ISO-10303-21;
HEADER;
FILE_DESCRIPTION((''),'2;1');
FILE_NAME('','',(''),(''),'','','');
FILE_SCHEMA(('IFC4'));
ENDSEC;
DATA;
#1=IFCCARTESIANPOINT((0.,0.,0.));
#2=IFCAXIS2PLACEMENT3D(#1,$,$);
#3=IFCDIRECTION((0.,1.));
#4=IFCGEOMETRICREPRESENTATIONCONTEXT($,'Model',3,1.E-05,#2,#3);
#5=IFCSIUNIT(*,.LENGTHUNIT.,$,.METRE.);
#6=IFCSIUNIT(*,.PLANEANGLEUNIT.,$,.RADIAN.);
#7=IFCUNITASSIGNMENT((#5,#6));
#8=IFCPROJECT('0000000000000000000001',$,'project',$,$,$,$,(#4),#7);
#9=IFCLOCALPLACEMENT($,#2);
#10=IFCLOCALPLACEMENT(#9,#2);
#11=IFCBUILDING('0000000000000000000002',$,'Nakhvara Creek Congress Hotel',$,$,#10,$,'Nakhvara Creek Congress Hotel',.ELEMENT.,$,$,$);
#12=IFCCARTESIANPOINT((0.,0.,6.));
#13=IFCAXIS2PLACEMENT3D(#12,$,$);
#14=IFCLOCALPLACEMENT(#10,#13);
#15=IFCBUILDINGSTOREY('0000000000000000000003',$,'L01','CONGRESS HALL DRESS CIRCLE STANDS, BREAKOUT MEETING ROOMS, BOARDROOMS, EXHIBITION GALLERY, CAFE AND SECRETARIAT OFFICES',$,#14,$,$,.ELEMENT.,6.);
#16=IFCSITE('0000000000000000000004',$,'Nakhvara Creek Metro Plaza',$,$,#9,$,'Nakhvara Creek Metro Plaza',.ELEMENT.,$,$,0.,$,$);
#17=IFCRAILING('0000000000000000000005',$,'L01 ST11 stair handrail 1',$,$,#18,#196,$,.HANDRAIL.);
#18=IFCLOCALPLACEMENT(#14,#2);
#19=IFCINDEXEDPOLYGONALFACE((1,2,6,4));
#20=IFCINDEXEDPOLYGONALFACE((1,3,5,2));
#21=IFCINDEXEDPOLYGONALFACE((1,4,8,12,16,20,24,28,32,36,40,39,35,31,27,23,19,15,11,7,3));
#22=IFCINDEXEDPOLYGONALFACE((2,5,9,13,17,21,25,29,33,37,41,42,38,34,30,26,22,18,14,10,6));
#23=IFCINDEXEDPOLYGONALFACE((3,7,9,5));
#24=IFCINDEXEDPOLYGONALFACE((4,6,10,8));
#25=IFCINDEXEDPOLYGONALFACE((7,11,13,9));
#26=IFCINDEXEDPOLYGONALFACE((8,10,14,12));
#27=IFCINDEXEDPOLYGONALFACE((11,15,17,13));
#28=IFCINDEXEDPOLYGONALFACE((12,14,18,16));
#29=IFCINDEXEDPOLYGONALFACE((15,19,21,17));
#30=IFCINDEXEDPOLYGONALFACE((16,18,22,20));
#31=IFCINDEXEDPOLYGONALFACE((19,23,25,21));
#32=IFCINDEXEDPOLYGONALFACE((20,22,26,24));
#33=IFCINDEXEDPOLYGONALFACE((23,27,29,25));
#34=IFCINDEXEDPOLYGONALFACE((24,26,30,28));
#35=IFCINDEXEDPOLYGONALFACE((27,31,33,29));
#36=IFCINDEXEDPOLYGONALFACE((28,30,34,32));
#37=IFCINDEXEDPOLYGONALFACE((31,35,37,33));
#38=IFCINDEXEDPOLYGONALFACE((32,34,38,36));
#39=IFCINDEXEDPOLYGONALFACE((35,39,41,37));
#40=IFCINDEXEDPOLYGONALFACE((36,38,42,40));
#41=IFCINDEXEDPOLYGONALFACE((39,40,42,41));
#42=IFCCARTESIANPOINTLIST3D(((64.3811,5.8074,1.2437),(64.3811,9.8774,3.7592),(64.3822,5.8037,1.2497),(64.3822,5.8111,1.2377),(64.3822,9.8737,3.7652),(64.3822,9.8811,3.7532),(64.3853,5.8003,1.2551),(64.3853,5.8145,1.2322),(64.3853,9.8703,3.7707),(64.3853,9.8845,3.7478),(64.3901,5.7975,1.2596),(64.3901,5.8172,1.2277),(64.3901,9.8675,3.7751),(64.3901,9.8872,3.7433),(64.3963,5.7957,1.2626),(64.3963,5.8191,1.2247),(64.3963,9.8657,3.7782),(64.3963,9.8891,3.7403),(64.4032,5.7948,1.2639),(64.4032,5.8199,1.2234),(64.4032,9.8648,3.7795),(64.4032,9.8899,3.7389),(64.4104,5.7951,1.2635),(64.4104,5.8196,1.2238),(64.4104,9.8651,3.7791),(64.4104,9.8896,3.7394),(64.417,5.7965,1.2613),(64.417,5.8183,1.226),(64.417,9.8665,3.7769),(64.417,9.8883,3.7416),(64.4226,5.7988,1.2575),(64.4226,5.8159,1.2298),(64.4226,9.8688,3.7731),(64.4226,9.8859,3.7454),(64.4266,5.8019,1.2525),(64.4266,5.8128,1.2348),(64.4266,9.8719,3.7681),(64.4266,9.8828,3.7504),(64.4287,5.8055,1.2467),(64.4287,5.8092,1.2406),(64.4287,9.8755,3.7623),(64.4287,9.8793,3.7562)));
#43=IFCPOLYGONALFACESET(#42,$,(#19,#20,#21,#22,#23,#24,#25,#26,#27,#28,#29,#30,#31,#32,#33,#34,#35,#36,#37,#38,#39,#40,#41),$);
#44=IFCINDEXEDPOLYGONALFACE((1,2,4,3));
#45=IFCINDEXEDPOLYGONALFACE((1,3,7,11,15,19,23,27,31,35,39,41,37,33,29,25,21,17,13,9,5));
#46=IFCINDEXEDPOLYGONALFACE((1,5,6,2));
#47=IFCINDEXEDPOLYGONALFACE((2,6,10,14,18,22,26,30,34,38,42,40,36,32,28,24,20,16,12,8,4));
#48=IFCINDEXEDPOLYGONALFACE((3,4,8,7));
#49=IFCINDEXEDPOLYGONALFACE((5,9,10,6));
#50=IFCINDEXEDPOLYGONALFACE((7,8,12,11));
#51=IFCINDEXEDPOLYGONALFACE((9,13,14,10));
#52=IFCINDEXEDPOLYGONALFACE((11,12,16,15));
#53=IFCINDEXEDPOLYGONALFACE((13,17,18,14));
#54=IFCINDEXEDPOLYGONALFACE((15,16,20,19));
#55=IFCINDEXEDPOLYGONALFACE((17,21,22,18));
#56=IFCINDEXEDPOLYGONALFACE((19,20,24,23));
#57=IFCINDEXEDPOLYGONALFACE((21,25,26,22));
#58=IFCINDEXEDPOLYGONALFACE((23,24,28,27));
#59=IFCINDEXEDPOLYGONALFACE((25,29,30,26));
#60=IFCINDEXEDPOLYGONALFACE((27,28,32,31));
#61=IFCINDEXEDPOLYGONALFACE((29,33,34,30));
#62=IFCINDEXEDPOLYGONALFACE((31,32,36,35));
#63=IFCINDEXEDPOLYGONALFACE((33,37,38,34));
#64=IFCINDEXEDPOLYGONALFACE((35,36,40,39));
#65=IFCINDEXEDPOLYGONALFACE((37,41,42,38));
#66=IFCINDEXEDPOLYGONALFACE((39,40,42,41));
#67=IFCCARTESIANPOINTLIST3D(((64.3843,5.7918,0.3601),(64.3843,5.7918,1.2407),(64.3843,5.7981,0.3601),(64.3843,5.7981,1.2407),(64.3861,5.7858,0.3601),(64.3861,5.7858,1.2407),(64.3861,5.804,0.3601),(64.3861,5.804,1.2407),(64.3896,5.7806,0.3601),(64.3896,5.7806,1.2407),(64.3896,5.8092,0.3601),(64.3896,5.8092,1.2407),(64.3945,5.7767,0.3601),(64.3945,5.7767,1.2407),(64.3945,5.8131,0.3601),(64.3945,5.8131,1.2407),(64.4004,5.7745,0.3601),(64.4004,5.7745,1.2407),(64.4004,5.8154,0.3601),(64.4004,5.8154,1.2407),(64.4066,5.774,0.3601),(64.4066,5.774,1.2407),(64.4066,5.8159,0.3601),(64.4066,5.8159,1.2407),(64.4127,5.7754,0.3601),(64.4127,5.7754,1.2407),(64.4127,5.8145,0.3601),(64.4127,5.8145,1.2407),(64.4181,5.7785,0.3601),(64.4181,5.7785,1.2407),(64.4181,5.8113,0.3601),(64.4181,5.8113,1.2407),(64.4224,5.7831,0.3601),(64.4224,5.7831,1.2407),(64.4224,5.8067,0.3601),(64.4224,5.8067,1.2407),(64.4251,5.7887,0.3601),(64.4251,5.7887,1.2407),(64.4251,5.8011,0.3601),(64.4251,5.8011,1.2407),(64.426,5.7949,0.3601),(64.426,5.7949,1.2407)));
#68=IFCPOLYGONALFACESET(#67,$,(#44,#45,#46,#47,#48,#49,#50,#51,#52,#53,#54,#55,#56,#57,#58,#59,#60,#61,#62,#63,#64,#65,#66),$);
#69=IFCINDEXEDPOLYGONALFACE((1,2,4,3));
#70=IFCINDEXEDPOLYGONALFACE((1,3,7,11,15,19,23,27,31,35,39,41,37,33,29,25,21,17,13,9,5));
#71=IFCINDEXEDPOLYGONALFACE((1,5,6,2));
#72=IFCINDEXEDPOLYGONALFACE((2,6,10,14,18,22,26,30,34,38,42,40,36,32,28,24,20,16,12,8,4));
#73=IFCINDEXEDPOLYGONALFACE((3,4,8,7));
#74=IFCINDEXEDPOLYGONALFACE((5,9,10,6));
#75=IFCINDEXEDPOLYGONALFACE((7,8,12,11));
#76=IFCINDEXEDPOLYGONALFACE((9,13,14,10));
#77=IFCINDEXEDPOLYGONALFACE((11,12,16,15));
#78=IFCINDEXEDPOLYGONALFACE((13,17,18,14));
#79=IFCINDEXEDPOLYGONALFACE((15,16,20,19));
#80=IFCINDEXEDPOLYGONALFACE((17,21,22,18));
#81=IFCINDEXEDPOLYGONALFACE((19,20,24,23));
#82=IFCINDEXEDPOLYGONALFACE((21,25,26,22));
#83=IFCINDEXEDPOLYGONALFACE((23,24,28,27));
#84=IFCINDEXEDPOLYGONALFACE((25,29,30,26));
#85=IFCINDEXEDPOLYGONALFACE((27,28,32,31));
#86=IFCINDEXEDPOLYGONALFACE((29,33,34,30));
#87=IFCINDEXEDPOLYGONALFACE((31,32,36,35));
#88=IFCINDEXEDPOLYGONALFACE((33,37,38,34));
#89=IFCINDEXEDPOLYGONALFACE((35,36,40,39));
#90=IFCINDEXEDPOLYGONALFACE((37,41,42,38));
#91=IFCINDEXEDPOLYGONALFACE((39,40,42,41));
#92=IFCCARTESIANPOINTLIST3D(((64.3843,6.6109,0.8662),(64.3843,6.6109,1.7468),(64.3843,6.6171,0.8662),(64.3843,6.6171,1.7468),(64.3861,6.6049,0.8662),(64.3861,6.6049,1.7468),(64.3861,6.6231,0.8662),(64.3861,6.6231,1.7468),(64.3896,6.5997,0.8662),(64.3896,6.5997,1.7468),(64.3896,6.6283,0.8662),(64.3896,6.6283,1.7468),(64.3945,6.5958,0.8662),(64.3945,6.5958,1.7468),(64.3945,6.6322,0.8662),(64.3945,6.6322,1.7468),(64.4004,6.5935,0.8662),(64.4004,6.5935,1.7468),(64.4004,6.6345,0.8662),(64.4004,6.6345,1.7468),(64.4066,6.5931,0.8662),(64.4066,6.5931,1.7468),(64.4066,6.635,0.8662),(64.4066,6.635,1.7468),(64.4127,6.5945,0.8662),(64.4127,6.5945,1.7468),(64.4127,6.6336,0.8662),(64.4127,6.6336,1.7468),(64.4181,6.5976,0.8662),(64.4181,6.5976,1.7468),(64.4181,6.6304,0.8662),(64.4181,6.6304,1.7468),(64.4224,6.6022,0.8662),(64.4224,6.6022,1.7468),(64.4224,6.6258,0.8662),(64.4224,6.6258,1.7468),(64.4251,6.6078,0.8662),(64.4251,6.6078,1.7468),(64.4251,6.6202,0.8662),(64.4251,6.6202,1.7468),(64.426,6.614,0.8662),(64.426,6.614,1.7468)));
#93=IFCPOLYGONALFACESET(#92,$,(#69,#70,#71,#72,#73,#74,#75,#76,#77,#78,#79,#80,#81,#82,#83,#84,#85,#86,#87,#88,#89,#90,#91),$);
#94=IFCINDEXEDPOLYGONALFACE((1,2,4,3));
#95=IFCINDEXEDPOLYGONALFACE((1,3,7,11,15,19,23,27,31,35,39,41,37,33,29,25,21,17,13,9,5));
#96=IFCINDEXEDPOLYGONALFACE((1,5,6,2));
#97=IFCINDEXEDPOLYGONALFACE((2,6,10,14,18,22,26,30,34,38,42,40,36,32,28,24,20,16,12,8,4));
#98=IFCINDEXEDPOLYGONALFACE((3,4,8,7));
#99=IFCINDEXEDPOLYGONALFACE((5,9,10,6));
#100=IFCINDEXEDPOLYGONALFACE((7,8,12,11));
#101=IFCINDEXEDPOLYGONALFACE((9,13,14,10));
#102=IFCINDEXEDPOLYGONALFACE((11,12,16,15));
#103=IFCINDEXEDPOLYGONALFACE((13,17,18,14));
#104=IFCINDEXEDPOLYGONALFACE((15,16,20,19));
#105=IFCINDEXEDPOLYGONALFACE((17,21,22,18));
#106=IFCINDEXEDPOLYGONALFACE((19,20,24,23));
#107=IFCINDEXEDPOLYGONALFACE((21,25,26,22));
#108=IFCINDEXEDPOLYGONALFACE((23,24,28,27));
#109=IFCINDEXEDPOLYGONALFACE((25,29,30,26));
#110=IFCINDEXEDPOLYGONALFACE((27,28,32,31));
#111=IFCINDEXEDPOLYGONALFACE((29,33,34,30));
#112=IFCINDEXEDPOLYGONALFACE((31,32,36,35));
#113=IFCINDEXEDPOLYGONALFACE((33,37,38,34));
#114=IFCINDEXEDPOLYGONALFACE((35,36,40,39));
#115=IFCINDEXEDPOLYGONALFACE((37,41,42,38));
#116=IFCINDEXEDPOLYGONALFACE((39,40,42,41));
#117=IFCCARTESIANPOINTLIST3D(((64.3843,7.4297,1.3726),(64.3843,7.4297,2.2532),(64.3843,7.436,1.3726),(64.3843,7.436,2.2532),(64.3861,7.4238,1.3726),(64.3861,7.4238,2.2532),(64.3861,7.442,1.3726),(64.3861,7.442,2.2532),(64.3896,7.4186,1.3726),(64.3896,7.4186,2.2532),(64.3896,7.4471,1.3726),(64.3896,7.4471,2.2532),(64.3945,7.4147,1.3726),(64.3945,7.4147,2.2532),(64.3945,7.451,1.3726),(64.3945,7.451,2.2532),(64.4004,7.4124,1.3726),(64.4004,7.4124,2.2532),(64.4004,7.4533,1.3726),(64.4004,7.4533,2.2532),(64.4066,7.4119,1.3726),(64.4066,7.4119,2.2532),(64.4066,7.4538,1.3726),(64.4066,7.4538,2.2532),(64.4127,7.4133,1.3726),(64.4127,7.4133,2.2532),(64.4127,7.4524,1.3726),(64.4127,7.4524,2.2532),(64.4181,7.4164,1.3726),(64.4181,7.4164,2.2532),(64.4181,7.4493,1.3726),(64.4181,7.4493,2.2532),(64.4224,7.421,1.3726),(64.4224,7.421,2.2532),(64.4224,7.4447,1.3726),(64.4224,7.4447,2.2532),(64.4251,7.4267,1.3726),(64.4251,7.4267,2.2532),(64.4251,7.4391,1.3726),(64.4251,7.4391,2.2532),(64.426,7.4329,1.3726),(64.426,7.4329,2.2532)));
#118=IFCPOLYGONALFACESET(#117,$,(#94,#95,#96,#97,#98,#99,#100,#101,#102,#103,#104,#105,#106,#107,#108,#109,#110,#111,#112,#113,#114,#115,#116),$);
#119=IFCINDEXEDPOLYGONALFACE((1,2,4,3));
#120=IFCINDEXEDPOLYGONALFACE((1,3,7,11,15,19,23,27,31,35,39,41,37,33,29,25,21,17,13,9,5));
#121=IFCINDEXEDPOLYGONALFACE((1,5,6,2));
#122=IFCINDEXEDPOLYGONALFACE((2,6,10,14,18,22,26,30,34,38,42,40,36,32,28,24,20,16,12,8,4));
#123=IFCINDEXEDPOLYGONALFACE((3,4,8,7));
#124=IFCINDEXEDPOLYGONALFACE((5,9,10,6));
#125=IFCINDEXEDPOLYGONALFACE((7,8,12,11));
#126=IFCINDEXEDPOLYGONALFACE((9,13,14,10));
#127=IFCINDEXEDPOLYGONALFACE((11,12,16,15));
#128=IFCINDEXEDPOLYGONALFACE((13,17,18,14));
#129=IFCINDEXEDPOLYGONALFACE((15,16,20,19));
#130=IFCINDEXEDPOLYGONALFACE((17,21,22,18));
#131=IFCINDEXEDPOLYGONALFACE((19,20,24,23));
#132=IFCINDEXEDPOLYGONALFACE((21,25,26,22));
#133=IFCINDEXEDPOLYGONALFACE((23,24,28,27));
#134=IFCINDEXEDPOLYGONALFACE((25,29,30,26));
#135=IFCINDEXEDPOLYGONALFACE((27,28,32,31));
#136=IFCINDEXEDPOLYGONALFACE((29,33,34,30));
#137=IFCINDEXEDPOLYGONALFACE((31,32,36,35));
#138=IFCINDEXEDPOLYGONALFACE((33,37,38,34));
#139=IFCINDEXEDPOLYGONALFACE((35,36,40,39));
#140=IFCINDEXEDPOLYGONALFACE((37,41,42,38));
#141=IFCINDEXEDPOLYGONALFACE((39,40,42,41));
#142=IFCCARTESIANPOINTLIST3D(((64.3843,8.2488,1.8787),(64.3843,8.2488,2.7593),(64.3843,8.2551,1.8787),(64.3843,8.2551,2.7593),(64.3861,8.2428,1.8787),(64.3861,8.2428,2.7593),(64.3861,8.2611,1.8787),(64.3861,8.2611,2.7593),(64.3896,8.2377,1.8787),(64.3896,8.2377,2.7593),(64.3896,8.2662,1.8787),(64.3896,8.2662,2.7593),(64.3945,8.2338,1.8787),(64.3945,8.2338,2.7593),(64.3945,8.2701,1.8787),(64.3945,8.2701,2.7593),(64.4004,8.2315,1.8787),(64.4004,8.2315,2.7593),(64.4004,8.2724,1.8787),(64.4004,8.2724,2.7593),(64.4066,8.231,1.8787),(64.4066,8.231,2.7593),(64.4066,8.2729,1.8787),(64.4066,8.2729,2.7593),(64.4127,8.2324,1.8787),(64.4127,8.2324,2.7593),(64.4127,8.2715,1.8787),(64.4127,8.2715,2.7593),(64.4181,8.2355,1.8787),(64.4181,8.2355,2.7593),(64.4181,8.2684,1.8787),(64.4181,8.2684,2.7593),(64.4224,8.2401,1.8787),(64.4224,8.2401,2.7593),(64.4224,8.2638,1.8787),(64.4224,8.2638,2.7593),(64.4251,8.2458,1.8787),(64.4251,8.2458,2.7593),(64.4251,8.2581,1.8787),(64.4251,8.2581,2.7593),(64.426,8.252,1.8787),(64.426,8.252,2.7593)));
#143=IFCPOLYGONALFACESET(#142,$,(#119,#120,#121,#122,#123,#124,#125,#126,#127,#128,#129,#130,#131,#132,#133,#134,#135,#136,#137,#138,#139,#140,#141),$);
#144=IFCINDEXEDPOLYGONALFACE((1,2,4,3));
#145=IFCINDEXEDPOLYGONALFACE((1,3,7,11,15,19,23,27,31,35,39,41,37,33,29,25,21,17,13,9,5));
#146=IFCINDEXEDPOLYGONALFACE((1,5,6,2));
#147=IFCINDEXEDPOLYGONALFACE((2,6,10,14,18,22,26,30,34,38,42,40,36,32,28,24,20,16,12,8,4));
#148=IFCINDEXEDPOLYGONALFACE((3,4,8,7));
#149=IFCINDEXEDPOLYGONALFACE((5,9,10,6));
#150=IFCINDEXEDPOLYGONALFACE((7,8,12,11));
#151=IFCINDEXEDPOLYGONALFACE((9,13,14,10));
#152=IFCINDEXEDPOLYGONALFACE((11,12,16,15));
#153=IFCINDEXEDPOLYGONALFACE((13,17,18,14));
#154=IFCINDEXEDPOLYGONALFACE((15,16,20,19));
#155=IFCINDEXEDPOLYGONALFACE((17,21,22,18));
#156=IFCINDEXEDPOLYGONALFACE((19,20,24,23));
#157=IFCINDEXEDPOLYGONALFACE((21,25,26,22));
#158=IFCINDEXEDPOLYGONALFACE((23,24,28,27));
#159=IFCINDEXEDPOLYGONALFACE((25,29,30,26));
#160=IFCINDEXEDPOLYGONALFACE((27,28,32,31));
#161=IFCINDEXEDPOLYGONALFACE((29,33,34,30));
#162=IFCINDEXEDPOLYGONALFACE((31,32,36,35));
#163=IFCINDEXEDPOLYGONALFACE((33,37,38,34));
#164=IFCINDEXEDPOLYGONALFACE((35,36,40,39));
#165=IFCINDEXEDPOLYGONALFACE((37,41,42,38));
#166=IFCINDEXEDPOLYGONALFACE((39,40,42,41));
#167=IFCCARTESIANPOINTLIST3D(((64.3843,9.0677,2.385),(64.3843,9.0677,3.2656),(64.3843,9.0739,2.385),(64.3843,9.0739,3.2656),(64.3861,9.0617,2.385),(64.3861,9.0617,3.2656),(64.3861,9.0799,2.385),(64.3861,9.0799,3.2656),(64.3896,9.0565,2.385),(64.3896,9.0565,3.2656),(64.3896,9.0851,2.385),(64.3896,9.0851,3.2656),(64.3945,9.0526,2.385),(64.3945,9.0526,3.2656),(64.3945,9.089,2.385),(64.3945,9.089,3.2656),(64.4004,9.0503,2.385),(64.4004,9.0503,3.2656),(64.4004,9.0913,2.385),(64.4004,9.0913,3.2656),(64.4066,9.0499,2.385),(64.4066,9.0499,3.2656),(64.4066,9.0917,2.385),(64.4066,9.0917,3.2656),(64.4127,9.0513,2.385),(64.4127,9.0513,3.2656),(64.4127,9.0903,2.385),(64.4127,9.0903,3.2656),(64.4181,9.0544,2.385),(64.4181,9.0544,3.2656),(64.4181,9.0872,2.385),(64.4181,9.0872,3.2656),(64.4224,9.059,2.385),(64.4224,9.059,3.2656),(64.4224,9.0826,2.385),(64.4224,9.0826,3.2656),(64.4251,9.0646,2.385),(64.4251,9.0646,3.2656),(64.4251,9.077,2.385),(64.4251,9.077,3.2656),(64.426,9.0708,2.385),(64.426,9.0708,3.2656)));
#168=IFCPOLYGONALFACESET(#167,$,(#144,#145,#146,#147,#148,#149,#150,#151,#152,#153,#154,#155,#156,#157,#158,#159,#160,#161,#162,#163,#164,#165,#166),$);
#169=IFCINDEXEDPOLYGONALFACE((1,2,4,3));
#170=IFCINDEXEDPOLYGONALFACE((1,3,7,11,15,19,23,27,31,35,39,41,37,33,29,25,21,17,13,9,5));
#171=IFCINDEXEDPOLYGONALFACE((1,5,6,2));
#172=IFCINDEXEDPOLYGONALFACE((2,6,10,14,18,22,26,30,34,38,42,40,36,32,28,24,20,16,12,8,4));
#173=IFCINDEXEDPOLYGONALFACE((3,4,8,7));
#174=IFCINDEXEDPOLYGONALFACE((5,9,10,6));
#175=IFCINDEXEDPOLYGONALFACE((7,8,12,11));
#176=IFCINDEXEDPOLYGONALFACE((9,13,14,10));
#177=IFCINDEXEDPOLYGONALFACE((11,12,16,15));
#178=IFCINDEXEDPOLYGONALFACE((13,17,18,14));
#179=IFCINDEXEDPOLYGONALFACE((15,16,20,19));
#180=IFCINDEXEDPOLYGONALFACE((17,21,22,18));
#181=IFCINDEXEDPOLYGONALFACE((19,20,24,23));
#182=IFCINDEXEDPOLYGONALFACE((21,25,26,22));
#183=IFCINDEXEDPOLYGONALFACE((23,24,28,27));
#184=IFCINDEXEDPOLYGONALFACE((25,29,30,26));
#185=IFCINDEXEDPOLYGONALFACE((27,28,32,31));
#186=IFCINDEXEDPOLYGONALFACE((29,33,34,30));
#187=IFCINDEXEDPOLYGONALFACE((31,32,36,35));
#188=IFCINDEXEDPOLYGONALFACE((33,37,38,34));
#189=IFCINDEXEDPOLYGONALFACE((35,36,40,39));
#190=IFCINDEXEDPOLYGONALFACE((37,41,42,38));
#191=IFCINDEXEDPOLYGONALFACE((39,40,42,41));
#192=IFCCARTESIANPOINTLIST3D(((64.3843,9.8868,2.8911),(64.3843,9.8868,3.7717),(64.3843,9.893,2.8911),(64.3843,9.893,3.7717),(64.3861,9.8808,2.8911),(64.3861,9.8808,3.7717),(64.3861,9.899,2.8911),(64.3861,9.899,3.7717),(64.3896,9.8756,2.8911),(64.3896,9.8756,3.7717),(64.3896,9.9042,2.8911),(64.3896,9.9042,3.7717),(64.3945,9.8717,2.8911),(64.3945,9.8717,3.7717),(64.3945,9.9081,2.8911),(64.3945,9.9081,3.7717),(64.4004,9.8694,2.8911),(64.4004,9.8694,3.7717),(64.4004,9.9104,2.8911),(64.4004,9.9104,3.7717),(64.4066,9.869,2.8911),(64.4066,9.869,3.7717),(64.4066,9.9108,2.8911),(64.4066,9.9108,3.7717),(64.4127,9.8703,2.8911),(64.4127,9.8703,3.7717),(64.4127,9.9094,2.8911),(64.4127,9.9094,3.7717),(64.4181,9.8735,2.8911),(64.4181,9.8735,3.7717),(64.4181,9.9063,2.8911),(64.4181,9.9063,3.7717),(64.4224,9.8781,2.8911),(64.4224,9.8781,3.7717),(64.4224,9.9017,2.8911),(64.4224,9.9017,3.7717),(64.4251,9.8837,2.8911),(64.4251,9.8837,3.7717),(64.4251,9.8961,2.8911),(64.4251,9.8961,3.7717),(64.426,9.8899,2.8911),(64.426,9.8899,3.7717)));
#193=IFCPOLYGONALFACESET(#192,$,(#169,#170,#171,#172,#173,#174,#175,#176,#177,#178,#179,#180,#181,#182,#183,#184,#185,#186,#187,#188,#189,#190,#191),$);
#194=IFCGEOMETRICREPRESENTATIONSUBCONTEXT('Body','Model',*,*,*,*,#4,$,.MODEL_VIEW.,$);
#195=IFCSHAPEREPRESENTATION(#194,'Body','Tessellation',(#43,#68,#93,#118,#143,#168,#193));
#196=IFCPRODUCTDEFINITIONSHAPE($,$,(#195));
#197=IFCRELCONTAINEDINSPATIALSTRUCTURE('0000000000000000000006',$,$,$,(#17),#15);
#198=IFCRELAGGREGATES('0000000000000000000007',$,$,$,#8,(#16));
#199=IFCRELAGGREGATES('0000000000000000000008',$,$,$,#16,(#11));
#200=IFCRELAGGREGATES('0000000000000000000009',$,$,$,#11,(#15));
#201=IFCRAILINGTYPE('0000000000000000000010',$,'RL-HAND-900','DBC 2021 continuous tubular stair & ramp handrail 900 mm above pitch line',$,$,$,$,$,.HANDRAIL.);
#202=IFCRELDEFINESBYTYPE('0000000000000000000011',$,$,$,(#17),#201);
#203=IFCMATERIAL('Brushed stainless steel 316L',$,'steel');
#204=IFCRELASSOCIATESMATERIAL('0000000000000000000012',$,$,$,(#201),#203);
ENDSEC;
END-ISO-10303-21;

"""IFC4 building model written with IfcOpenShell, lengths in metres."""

from ifc_helpers import new_model, si_unit, direction, frame, origin, origin_2d, place, context, subcontext, project, spatial, circle, extrude, material, type_object, element, save


model = new_model("IFC4")

# Units and contexts
model_context = context("Model", 3, precision=1e-05, world=origin(), true_north=direction((0.0, 1.0)))
body_context = subcontext(model_context, "Body", "Model", "MODEL_VIEW")
ifc_project = project(units=[si_unit("LENGTHUNIT", "METRE"), si_unit("PLANEANGLEUNIT", "RADIAN")], contexts=[model_context])

# Site, building, storey
site_placement = place(None, origin())
site = spatial("IfcSite", under=ifc_project, at=site_placement, Name="Nakhvara Creek Metro Plaza", LongName="Nakhvara Creek Metro Plaza", CompositionType="ELEMENT", RefElevation=0.0)
building_placement = place(site_placement, origin())
building = spatial("IfcBuilding", under=site, at=building_placement, Name="Nakhvara Creek Congress Hotel", LongName="Nakhvara Creek Congress Hotel", CompositionType="ELEMENT")
storey_placement = place(building_placement, frame((0.0, 0.0, 6.0)))
storey = spatial("IfcBuildingStorey", under=building, at=storey_placement, Name="L01", Description="CONGRESS HALL DRESS CIRCLE STANDS, BREAKOUT MEETING ROOMS, BOARDROOMS, EXHIBITION GALLERY, CAFE AND SECRETARIAT OFFICES", CompositionType="ELEMENT", Elevation=6.0)

# Railing
ifc_material_1 = material(Name="Brushed stainless steel 316L", Category="steel")
railing_type_1 = type_object("IfcRailingType", Name="RL-HAND-900", Description="DBC 2021 continuous tubular stair & ramp handrail 900 mm above pitch line", PredefinedType="HANDRAIL", material=ifc_material_1)
railing_1_placement = place(storey_placement, frame((64.405, 5.7949, 0.3601)))
element("IfcRailing", 1, at=railing_1_placement, inside=storey, type_object=railing_type_1, Name="L01 ST11 stair handrail 1", PredefinedType="HANDRAIL", context=body_context, shape_type="SweptSolid", body=[
    extrude(circle(Radius=0.0239, at=origin_2d()), frame((0.0, 0.0125, 0.8835), z_axis=(0.0, 0.850635, 0.525757), x_axis=(-1.0, 0.0, 0.0)), (0.0, 0.0, 1.0), 4.7847),
    extrude(circle(Radius=0.021, at=origin_2d()), origin(), (0.0, 0.0, 1.0), 0.8806),
    extrude(circle(Radius=0.021, at=origin_2d()), frame((0.0, 0.8191, 0.5061)), (0.0, 0.0, 1.0), 0.8806),
    extrude(circle(Radius=0.021, at=origin_2d()), frame((0.0, 1.6379, 1.0125)), (0.0, 0.0, 1.0), 0.8806),
    extrude(circle(Radius=0.021, at=origin_2d()), frame((0.0, 2.457, 1.5186)), (0.0, 0.0, 1.0), 0.8806),
    extrude(circle(Radius=0.021, at=origin_2d()), frame((0.0, 3.2759, 2.0249)), (0.0, 0.0, 1.0), 0.8806),
    extrude(circle(Radius=0.021, at=origin_2d()), frame((0.0, 4.095, 2.531)), (0.0, 0.0, 1.0), 0.8806),
])

save(model, "model.ifc")
